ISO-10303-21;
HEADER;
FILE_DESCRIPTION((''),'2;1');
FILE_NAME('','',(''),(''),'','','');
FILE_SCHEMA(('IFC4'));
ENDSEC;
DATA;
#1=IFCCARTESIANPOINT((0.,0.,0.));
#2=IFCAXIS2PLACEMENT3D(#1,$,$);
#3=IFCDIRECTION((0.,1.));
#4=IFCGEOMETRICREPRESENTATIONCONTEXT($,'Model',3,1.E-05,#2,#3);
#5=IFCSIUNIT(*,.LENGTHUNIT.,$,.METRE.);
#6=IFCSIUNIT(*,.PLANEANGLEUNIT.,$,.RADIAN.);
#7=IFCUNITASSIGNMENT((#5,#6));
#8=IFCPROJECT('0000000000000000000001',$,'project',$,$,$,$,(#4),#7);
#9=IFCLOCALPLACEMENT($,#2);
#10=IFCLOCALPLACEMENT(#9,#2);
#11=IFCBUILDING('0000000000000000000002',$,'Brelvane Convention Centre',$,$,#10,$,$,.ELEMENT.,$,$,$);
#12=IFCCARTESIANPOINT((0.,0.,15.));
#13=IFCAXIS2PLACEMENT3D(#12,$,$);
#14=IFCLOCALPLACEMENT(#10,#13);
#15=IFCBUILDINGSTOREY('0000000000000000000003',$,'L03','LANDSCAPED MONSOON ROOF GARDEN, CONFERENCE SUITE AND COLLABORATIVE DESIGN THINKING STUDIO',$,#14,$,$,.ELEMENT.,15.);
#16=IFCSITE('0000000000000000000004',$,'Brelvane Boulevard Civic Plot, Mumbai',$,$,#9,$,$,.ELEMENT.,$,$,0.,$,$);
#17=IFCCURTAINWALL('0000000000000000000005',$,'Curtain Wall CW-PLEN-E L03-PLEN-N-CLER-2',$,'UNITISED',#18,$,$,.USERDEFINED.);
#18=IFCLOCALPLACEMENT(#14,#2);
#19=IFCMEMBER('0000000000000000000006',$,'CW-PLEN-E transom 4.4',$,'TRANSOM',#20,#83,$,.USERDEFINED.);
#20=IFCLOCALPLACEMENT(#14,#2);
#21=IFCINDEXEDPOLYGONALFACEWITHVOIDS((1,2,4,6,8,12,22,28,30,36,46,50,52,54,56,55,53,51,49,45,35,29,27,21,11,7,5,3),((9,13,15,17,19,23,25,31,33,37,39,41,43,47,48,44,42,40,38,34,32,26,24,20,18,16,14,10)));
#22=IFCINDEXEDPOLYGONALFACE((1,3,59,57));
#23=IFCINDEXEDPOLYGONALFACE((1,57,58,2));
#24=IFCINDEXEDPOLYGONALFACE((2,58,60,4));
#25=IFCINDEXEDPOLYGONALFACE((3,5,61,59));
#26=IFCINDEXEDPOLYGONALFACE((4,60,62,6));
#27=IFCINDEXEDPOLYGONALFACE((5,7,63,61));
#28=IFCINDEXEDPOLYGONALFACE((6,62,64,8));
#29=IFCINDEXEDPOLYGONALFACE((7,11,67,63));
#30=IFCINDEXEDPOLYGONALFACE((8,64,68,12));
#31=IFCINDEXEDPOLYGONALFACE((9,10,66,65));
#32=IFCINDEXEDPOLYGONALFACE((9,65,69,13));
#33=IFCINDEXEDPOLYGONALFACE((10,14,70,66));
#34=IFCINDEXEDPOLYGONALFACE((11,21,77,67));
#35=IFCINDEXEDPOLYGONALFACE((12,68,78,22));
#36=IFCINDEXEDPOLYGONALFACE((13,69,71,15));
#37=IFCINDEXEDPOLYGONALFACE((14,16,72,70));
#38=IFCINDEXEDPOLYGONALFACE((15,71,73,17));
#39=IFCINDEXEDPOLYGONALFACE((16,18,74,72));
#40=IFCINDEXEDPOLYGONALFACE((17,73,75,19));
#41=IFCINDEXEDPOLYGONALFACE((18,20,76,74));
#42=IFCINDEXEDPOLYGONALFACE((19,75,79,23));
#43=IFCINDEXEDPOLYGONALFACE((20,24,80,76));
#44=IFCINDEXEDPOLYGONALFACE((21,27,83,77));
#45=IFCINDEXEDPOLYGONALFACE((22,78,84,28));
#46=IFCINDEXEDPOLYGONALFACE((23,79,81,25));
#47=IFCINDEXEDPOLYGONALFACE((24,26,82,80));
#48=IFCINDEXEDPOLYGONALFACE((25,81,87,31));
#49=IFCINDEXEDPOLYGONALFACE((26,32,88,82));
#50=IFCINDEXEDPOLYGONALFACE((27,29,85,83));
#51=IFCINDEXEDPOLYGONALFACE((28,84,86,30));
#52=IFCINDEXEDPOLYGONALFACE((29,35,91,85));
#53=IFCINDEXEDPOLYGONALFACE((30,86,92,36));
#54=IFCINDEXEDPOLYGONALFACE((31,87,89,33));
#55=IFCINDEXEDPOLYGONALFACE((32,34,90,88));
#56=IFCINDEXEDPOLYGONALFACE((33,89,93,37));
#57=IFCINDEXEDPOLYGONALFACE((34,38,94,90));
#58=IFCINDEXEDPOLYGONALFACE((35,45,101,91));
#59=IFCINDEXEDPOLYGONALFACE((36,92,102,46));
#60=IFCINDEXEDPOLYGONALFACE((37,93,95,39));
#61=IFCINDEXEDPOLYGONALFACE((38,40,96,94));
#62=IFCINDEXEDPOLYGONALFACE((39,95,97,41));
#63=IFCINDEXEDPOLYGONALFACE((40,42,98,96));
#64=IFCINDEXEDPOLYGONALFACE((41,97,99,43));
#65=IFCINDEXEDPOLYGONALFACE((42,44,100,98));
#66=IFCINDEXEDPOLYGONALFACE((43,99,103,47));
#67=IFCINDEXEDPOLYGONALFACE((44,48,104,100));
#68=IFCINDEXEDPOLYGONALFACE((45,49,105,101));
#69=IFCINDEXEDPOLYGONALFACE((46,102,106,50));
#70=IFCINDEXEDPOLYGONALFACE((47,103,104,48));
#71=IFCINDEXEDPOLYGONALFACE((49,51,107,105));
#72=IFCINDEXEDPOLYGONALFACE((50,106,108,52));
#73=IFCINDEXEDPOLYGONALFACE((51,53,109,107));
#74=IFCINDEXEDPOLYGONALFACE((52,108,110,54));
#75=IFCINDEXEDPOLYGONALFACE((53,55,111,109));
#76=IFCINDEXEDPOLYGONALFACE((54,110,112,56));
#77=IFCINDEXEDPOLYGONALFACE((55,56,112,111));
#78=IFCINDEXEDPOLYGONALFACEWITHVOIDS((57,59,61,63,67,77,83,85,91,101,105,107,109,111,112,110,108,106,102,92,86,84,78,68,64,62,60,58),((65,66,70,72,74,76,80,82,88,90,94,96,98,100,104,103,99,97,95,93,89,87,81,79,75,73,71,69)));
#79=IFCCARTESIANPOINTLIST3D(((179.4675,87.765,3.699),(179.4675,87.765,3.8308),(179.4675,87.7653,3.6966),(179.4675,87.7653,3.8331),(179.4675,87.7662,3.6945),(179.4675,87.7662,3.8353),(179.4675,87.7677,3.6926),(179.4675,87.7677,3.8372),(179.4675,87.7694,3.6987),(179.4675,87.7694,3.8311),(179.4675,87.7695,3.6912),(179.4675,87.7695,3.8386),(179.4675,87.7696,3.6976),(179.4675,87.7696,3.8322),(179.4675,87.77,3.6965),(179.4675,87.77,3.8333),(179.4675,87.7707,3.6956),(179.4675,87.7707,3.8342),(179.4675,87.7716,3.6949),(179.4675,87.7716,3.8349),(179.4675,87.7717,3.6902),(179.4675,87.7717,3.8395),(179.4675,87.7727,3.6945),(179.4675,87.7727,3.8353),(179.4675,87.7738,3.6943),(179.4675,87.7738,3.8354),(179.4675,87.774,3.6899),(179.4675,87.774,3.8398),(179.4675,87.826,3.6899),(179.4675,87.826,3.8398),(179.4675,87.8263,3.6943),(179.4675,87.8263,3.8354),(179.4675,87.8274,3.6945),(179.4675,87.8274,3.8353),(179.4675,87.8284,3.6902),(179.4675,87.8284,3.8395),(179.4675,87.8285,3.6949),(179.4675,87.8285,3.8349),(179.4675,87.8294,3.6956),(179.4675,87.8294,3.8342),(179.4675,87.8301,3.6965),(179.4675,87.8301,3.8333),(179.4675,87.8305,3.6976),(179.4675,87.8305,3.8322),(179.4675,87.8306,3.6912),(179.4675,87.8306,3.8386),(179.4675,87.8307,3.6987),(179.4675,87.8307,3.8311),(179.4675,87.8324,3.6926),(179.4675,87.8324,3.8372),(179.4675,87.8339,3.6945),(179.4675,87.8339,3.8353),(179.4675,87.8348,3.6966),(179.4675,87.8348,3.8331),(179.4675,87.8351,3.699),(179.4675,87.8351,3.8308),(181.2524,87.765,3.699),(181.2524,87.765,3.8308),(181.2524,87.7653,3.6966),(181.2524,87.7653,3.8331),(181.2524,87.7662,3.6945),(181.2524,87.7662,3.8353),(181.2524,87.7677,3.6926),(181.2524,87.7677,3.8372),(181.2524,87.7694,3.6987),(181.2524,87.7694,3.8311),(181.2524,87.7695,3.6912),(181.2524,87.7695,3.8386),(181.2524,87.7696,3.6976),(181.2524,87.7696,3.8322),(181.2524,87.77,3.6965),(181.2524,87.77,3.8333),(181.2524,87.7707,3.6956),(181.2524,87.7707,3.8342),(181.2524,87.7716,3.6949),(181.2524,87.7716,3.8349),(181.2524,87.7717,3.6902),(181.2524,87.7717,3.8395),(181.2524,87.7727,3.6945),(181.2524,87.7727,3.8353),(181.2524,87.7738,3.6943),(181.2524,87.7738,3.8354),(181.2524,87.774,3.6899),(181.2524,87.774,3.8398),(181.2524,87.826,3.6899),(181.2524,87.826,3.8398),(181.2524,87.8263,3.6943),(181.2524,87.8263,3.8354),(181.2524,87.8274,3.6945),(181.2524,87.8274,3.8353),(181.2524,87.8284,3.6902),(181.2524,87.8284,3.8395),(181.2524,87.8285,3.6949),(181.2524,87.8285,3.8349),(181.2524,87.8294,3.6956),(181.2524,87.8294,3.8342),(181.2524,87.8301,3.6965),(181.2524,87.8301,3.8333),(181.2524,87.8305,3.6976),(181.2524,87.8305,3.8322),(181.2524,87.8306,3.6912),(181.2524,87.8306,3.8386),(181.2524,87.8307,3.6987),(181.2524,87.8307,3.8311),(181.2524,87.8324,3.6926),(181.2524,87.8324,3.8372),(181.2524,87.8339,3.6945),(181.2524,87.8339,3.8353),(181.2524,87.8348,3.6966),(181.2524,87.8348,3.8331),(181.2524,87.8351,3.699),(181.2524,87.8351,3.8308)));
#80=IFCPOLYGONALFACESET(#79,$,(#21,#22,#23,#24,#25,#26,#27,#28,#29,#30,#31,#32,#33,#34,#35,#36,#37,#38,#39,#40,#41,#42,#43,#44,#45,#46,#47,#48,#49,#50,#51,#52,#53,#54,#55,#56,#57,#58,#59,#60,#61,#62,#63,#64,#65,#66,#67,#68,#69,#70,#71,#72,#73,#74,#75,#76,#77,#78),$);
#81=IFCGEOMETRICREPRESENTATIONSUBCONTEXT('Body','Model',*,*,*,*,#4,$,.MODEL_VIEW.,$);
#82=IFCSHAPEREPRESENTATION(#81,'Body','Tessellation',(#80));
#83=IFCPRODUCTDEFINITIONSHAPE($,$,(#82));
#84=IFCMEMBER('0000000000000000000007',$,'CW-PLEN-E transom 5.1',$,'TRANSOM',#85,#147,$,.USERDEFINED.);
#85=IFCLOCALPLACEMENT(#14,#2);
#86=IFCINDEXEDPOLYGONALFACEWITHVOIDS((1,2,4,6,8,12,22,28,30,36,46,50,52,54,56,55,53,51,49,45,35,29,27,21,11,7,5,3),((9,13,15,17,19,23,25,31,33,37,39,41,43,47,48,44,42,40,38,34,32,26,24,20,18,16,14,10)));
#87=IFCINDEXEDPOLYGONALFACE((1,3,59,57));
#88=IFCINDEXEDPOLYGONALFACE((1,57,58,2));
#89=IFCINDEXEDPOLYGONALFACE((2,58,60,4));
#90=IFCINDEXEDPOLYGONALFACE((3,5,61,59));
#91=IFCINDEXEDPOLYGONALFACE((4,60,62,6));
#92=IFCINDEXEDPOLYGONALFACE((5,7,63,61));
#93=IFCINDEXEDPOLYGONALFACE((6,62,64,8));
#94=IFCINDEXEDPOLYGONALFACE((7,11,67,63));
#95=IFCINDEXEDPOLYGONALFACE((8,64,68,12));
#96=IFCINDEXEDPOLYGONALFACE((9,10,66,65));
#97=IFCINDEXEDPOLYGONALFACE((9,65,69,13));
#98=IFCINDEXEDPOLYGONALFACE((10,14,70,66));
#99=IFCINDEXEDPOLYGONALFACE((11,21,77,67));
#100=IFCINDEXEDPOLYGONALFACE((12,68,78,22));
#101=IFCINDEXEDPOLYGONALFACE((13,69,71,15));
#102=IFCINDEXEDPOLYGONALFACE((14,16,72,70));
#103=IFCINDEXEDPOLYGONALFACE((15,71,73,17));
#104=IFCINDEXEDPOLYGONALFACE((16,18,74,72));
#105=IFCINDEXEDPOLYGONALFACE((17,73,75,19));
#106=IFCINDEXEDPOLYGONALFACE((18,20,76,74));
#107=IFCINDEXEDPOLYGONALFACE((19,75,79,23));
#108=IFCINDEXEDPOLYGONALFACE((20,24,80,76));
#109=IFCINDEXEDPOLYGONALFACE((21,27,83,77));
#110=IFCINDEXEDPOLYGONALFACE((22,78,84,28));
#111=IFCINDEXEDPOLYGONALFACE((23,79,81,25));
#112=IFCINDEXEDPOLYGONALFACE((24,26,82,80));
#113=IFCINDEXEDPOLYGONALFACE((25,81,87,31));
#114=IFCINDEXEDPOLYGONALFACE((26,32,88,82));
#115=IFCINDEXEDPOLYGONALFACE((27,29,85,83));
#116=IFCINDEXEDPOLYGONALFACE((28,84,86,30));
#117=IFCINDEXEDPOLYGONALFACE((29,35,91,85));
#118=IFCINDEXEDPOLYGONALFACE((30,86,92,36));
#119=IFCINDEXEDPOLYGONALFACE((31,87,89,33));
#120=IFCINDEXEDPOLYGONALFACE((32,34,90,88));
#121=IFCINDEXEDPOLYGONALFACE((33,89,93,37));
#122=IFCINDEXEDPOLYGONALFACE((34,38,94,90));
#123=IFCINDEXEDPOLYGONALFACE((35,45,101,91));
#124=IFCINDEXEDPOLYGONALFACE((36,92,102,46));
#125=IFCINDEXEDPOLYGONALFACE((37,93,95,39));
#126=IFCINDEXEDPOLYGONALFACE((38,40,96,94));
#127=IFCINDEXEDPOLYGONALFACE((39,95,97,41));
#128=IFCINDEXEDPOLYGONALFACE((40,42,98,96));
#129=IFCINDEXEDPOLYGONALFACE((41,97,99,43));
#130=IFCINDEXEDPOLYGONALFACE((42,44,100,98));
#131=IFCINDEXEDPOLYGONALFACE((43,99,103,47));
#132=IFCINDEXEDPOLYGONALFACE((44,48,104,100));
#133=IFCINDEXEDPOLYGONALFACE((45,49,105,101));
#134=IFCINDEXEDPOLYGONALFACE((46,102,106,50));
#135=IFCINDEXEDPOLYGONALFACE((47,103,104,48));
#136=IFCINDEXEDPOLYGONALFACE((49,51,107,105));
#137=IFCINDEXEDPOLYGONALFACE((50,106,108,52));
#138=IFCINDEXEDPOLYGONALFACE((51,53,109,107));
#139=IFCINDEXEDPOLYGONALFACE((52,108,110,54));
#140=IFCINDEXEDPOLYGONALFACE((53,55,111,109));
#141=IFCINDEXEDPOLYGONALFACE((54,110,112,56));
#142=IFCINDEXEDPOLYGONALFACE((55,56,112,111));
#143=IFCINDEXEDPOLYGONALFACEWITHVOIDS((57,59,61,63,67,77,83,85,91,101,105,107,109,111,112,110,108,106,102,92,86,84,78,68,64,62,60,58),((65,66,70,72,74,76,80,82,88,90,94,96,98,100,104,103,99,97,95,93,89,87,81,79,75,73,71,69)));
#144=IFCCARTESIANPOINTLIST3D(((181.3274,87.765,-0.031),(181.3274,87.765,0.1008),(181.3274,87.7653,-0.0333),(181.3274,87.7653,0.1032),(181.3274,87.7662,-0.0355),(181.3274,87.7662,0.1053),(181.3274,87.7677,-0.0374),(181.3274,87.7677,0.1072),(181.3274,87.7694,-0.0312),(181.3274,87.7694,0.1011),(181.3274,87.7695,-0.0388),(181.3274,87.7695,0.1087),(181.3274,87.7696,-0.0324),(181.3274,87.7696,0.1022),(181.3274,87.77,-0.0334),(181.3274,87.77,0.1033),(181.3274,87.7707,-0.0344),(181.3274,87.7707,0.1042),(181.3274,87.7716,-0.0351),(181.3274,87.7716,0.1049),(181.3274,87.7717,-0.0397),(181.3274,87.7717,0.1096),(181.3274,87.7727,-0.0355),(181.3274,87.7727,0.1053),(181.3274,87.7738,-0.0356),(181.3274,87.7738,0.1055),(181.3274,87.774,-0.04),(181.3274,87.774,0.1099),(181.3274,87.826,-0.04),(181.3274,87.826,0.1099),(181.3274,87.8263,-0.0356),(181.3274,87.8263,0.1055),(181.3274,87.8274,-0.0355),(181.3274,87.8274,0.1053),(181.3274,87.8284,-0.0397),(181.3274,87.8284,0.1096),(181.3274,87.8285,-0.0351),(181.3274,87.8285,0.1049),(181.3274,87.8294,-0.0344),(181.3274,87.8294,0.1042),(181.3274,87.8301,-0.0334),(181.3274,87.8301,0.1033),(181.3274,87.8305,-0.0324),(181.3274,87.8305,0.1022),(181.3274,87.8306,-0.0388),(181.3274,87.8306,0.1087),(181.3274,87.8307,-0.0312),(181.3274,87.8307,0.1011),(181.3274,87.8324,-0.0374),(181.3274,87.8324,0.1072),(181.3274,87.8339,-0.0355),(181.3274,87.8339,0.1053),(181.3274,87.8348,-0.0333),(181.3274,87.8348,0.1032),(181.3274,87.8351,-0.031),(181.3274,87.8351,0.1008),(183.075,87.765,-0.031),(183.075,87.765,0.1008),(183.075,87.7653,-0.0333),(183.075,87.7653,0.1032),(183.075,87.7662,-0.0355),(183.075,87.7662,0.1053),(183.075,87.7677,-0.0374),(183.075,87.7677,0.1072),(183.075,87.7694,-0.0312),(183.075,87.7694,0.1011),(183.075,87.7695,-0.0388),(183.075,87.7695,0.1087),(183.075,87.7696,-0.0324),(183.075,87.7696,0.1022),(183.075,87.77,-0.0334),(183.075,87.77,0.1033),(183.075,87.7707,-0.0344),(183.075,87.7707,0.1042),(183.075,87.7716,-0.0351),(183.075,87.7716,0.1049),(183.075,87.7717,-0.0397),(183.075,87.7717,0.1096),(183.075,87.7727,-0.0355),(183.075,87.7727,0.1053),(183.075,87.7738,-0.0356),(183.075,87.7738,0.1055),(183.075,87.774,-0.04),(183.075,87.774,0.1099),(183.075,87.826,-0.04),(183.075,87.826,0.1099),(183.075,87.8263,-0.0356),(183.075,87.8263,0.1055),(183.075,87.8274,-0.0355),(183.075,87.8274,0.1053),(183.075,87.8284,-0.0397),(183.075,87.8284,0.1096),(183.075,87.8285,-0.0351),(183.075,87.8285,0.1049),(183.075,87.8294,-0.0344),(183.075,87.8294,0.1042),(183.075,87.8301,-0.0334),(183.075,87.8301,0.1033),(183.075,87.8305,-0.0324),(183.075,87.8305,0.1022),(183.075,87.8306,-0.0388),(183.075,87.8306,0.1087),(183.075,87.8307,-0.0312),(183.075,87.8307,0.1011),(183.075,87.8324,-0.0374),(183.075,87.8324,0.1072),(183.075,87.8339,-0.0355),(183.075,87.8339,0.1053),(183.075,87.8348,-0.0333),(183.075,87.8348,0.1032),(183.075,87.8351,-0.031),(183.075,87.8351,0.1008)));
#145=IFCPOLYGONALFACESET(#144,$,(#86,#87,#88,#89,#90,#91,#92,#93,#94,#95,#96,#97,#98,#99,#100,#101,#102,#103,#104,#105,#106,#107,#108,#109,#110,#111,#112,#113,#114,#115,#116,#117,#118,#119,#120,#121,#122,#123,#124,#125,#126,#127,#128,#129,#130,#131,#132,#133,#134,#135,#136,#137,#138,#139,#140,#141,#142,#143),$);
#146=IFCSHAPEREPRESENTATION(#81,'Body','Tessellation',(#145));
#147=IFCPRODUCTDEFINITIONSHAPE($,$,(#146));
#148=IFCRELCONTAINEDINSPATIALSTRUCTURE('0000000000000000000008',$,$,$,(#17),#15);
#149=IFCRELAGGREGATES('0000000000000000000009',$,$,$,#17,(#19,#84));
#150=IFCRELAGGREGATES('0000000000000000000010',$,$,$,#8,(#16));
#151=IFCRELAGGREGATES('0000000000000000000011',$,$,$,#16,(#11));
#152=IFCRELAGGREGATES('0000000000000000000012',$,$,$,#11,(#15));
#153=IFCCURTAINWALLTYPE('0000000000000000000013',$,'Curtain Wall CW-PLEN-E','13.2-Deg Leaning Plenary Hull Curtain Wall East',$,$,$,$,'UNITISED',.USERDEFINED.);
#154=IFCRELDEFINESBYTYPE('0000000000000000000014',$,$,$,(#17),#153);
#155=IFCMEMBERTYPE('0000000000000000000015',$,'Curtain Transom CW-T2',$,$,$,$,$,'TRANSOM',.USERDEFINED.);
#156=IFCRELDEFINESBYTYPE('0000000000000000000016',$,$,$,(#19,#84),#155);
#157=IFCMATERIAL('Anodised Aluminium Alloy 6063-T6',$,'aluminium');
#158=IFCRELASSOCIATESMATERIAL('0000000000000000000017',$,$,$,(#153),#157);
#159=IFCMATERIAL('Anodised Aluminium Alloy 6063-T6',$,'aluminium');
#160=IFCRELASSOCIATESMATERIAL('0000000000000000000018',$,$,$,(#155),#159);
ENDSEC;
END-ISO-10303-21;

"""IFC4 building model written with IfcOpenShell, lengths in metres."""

from ifc_helpers import new_model, si_unit, direction, frame, origin, origin_2d, place, context, subcontext, project, spatial, hollow_rectangle, extrude, material, material_profile, profile_set, type_object, element, aggregate, save


model = new_model("IFC4")

# Units and contexts
model_context = context("Model", 3, precision=1e-05, world=origin(), true_north=direction((0.0, 1.0)))
body_context = subcontext(model_context, "Body", "Model", "MODEL_VIEW")
ifc_project = project(units=[si_unit("LENGTHUNIT", "METRE"), si_unit("PLANEANGLEUNIT", "RADIAN")], contexts=[model_context])

# Site, building, storey
site_placement = place(None, origin())
site = spatial("IfcSite", under=ifc_project, at=site_placement, Name="Brelvane Boulevard Civic Plot, Mumbai", CompositionType="ELEMENT", RefElevation=0.0)
building_placement = place(site_placement, origin())
building = spatial("IfcBuilding", under=site, at=building_placement, Name="Brelvane Convention Centre", CompositionType="ELEMENT")
storey_placement = place(building_placement, frame((0.0, 0.0, 15.0)))
storey = spatial("IfcBuildingStorey", under=building, at=storey_placement, Name="L03", Description="LANDSCAPED MONSOON ROOF GARDEN, CONFERENCE SUITE AND COLLABORATIVE DESIGN THINKING STUDIO", CompositionType="ELEMENT", Elevation=15.0)

# Curtain wall, members
ifc_material_1 = material(Name="Anodised Aluminium Alloy 6063-T6", Category="aluminium")
curtain_wall_type = type_object("IfcCurtainWallType", Name="Curtain Wall CW-PLEN-E", Description="13.2-Deg Leaning Plenary Hull Curtain Wall East", ElementType="UNITISED", PredefinedType="USERDEFINED", material=ifc_material_1)
curtain_wall_placement = place(storey_placement, origin())
curtain_wall = element("IfcCurtainWall", 1, at=curtain_wall_placement, inside=storey, type_object=curtain_wall_type, Name="Curtain Wall CW-PLEN-E L03-PLEN-N-CLER-2", ObjectType="UNITISED", PredefinedType="USERDEFINED")
ifc_material_2 = material(Name="Anodised Aluminium Alloy 6063-T6", Category="aluminium")
ifc_material_profile_1 = material_profile(ifc_material_2, hollow_rectangle(XDim=0.0701, YDim=0.1499, WallThickness=0.0044, InnerFilletRadius=0.0044, OuterFilletRadius=0.009, at=origin_2d()), Name="ALU-T 150x70x4.5")
ifc_profile_set_1 = profile_set([ifc_material_profile_1], Name="Anodised Aluminium Alloy 6063-T6")
member_type_1 = type_object("IfcMemberType", Name="Curtain Transom CW-T2", ElementType="TRANSOM", PredefinedType="USERDEFINED", material=ifc_profile_set_1)
member_1_placement = place(storey_placement, frame((179.4675, 87.8, 3.7649), z_axis=(1.0, 0.0, 0.0), x_axis=(0.0, 1.0, 0.0)))
member_1 = element("IfcMember", 2, at=member_1_placement, type_object=member_type_1, Name="CW-PLEN-E transom 4.4", ObjectType="TRANSOM", PredefinedType="USERDEFINED", context=body_context, shape_type="SweptSolid", body=[
    extrude(hollow_rectangle(XDim=0.0701, YDim=0.1499, WallThickness=0.0044, InnerFilletRadius=0.0044, OuterFilletRadius=0.009, at=origin_2d()), origin(), (0.0, 0.0, 1.0), 1.7849),
])
member_2_placement = place(storey_placement, frame((181.3274, 87.8, 0.0349), z_axis=(1.0, 0.0, 0.0), x_axis=(0.0, 1.0, 0.0)))
member_2 = element("IfcMember", 3, at=member_2_placement, type_object=member_type_1, Name="CW-PLEN-E transom 5.1", ObjectType="TRANSOM", PredefinedType="USERDEFINED", context=body_context, shape_type="SweptSolid", body=[
    extrude(hollow_rectangle(XDim=0.0701, YDim=0.1499, WallThickness=0.0044, InnerFilletRadius=0.0044, OuterFilletRadius=0.009, at=origin_2d()), origin(), (0.0, 0.0, 1.0), 1.7476),
])

aggregate(curtain_wall, [member_1, member_2])

save(model, "model.ifc")
